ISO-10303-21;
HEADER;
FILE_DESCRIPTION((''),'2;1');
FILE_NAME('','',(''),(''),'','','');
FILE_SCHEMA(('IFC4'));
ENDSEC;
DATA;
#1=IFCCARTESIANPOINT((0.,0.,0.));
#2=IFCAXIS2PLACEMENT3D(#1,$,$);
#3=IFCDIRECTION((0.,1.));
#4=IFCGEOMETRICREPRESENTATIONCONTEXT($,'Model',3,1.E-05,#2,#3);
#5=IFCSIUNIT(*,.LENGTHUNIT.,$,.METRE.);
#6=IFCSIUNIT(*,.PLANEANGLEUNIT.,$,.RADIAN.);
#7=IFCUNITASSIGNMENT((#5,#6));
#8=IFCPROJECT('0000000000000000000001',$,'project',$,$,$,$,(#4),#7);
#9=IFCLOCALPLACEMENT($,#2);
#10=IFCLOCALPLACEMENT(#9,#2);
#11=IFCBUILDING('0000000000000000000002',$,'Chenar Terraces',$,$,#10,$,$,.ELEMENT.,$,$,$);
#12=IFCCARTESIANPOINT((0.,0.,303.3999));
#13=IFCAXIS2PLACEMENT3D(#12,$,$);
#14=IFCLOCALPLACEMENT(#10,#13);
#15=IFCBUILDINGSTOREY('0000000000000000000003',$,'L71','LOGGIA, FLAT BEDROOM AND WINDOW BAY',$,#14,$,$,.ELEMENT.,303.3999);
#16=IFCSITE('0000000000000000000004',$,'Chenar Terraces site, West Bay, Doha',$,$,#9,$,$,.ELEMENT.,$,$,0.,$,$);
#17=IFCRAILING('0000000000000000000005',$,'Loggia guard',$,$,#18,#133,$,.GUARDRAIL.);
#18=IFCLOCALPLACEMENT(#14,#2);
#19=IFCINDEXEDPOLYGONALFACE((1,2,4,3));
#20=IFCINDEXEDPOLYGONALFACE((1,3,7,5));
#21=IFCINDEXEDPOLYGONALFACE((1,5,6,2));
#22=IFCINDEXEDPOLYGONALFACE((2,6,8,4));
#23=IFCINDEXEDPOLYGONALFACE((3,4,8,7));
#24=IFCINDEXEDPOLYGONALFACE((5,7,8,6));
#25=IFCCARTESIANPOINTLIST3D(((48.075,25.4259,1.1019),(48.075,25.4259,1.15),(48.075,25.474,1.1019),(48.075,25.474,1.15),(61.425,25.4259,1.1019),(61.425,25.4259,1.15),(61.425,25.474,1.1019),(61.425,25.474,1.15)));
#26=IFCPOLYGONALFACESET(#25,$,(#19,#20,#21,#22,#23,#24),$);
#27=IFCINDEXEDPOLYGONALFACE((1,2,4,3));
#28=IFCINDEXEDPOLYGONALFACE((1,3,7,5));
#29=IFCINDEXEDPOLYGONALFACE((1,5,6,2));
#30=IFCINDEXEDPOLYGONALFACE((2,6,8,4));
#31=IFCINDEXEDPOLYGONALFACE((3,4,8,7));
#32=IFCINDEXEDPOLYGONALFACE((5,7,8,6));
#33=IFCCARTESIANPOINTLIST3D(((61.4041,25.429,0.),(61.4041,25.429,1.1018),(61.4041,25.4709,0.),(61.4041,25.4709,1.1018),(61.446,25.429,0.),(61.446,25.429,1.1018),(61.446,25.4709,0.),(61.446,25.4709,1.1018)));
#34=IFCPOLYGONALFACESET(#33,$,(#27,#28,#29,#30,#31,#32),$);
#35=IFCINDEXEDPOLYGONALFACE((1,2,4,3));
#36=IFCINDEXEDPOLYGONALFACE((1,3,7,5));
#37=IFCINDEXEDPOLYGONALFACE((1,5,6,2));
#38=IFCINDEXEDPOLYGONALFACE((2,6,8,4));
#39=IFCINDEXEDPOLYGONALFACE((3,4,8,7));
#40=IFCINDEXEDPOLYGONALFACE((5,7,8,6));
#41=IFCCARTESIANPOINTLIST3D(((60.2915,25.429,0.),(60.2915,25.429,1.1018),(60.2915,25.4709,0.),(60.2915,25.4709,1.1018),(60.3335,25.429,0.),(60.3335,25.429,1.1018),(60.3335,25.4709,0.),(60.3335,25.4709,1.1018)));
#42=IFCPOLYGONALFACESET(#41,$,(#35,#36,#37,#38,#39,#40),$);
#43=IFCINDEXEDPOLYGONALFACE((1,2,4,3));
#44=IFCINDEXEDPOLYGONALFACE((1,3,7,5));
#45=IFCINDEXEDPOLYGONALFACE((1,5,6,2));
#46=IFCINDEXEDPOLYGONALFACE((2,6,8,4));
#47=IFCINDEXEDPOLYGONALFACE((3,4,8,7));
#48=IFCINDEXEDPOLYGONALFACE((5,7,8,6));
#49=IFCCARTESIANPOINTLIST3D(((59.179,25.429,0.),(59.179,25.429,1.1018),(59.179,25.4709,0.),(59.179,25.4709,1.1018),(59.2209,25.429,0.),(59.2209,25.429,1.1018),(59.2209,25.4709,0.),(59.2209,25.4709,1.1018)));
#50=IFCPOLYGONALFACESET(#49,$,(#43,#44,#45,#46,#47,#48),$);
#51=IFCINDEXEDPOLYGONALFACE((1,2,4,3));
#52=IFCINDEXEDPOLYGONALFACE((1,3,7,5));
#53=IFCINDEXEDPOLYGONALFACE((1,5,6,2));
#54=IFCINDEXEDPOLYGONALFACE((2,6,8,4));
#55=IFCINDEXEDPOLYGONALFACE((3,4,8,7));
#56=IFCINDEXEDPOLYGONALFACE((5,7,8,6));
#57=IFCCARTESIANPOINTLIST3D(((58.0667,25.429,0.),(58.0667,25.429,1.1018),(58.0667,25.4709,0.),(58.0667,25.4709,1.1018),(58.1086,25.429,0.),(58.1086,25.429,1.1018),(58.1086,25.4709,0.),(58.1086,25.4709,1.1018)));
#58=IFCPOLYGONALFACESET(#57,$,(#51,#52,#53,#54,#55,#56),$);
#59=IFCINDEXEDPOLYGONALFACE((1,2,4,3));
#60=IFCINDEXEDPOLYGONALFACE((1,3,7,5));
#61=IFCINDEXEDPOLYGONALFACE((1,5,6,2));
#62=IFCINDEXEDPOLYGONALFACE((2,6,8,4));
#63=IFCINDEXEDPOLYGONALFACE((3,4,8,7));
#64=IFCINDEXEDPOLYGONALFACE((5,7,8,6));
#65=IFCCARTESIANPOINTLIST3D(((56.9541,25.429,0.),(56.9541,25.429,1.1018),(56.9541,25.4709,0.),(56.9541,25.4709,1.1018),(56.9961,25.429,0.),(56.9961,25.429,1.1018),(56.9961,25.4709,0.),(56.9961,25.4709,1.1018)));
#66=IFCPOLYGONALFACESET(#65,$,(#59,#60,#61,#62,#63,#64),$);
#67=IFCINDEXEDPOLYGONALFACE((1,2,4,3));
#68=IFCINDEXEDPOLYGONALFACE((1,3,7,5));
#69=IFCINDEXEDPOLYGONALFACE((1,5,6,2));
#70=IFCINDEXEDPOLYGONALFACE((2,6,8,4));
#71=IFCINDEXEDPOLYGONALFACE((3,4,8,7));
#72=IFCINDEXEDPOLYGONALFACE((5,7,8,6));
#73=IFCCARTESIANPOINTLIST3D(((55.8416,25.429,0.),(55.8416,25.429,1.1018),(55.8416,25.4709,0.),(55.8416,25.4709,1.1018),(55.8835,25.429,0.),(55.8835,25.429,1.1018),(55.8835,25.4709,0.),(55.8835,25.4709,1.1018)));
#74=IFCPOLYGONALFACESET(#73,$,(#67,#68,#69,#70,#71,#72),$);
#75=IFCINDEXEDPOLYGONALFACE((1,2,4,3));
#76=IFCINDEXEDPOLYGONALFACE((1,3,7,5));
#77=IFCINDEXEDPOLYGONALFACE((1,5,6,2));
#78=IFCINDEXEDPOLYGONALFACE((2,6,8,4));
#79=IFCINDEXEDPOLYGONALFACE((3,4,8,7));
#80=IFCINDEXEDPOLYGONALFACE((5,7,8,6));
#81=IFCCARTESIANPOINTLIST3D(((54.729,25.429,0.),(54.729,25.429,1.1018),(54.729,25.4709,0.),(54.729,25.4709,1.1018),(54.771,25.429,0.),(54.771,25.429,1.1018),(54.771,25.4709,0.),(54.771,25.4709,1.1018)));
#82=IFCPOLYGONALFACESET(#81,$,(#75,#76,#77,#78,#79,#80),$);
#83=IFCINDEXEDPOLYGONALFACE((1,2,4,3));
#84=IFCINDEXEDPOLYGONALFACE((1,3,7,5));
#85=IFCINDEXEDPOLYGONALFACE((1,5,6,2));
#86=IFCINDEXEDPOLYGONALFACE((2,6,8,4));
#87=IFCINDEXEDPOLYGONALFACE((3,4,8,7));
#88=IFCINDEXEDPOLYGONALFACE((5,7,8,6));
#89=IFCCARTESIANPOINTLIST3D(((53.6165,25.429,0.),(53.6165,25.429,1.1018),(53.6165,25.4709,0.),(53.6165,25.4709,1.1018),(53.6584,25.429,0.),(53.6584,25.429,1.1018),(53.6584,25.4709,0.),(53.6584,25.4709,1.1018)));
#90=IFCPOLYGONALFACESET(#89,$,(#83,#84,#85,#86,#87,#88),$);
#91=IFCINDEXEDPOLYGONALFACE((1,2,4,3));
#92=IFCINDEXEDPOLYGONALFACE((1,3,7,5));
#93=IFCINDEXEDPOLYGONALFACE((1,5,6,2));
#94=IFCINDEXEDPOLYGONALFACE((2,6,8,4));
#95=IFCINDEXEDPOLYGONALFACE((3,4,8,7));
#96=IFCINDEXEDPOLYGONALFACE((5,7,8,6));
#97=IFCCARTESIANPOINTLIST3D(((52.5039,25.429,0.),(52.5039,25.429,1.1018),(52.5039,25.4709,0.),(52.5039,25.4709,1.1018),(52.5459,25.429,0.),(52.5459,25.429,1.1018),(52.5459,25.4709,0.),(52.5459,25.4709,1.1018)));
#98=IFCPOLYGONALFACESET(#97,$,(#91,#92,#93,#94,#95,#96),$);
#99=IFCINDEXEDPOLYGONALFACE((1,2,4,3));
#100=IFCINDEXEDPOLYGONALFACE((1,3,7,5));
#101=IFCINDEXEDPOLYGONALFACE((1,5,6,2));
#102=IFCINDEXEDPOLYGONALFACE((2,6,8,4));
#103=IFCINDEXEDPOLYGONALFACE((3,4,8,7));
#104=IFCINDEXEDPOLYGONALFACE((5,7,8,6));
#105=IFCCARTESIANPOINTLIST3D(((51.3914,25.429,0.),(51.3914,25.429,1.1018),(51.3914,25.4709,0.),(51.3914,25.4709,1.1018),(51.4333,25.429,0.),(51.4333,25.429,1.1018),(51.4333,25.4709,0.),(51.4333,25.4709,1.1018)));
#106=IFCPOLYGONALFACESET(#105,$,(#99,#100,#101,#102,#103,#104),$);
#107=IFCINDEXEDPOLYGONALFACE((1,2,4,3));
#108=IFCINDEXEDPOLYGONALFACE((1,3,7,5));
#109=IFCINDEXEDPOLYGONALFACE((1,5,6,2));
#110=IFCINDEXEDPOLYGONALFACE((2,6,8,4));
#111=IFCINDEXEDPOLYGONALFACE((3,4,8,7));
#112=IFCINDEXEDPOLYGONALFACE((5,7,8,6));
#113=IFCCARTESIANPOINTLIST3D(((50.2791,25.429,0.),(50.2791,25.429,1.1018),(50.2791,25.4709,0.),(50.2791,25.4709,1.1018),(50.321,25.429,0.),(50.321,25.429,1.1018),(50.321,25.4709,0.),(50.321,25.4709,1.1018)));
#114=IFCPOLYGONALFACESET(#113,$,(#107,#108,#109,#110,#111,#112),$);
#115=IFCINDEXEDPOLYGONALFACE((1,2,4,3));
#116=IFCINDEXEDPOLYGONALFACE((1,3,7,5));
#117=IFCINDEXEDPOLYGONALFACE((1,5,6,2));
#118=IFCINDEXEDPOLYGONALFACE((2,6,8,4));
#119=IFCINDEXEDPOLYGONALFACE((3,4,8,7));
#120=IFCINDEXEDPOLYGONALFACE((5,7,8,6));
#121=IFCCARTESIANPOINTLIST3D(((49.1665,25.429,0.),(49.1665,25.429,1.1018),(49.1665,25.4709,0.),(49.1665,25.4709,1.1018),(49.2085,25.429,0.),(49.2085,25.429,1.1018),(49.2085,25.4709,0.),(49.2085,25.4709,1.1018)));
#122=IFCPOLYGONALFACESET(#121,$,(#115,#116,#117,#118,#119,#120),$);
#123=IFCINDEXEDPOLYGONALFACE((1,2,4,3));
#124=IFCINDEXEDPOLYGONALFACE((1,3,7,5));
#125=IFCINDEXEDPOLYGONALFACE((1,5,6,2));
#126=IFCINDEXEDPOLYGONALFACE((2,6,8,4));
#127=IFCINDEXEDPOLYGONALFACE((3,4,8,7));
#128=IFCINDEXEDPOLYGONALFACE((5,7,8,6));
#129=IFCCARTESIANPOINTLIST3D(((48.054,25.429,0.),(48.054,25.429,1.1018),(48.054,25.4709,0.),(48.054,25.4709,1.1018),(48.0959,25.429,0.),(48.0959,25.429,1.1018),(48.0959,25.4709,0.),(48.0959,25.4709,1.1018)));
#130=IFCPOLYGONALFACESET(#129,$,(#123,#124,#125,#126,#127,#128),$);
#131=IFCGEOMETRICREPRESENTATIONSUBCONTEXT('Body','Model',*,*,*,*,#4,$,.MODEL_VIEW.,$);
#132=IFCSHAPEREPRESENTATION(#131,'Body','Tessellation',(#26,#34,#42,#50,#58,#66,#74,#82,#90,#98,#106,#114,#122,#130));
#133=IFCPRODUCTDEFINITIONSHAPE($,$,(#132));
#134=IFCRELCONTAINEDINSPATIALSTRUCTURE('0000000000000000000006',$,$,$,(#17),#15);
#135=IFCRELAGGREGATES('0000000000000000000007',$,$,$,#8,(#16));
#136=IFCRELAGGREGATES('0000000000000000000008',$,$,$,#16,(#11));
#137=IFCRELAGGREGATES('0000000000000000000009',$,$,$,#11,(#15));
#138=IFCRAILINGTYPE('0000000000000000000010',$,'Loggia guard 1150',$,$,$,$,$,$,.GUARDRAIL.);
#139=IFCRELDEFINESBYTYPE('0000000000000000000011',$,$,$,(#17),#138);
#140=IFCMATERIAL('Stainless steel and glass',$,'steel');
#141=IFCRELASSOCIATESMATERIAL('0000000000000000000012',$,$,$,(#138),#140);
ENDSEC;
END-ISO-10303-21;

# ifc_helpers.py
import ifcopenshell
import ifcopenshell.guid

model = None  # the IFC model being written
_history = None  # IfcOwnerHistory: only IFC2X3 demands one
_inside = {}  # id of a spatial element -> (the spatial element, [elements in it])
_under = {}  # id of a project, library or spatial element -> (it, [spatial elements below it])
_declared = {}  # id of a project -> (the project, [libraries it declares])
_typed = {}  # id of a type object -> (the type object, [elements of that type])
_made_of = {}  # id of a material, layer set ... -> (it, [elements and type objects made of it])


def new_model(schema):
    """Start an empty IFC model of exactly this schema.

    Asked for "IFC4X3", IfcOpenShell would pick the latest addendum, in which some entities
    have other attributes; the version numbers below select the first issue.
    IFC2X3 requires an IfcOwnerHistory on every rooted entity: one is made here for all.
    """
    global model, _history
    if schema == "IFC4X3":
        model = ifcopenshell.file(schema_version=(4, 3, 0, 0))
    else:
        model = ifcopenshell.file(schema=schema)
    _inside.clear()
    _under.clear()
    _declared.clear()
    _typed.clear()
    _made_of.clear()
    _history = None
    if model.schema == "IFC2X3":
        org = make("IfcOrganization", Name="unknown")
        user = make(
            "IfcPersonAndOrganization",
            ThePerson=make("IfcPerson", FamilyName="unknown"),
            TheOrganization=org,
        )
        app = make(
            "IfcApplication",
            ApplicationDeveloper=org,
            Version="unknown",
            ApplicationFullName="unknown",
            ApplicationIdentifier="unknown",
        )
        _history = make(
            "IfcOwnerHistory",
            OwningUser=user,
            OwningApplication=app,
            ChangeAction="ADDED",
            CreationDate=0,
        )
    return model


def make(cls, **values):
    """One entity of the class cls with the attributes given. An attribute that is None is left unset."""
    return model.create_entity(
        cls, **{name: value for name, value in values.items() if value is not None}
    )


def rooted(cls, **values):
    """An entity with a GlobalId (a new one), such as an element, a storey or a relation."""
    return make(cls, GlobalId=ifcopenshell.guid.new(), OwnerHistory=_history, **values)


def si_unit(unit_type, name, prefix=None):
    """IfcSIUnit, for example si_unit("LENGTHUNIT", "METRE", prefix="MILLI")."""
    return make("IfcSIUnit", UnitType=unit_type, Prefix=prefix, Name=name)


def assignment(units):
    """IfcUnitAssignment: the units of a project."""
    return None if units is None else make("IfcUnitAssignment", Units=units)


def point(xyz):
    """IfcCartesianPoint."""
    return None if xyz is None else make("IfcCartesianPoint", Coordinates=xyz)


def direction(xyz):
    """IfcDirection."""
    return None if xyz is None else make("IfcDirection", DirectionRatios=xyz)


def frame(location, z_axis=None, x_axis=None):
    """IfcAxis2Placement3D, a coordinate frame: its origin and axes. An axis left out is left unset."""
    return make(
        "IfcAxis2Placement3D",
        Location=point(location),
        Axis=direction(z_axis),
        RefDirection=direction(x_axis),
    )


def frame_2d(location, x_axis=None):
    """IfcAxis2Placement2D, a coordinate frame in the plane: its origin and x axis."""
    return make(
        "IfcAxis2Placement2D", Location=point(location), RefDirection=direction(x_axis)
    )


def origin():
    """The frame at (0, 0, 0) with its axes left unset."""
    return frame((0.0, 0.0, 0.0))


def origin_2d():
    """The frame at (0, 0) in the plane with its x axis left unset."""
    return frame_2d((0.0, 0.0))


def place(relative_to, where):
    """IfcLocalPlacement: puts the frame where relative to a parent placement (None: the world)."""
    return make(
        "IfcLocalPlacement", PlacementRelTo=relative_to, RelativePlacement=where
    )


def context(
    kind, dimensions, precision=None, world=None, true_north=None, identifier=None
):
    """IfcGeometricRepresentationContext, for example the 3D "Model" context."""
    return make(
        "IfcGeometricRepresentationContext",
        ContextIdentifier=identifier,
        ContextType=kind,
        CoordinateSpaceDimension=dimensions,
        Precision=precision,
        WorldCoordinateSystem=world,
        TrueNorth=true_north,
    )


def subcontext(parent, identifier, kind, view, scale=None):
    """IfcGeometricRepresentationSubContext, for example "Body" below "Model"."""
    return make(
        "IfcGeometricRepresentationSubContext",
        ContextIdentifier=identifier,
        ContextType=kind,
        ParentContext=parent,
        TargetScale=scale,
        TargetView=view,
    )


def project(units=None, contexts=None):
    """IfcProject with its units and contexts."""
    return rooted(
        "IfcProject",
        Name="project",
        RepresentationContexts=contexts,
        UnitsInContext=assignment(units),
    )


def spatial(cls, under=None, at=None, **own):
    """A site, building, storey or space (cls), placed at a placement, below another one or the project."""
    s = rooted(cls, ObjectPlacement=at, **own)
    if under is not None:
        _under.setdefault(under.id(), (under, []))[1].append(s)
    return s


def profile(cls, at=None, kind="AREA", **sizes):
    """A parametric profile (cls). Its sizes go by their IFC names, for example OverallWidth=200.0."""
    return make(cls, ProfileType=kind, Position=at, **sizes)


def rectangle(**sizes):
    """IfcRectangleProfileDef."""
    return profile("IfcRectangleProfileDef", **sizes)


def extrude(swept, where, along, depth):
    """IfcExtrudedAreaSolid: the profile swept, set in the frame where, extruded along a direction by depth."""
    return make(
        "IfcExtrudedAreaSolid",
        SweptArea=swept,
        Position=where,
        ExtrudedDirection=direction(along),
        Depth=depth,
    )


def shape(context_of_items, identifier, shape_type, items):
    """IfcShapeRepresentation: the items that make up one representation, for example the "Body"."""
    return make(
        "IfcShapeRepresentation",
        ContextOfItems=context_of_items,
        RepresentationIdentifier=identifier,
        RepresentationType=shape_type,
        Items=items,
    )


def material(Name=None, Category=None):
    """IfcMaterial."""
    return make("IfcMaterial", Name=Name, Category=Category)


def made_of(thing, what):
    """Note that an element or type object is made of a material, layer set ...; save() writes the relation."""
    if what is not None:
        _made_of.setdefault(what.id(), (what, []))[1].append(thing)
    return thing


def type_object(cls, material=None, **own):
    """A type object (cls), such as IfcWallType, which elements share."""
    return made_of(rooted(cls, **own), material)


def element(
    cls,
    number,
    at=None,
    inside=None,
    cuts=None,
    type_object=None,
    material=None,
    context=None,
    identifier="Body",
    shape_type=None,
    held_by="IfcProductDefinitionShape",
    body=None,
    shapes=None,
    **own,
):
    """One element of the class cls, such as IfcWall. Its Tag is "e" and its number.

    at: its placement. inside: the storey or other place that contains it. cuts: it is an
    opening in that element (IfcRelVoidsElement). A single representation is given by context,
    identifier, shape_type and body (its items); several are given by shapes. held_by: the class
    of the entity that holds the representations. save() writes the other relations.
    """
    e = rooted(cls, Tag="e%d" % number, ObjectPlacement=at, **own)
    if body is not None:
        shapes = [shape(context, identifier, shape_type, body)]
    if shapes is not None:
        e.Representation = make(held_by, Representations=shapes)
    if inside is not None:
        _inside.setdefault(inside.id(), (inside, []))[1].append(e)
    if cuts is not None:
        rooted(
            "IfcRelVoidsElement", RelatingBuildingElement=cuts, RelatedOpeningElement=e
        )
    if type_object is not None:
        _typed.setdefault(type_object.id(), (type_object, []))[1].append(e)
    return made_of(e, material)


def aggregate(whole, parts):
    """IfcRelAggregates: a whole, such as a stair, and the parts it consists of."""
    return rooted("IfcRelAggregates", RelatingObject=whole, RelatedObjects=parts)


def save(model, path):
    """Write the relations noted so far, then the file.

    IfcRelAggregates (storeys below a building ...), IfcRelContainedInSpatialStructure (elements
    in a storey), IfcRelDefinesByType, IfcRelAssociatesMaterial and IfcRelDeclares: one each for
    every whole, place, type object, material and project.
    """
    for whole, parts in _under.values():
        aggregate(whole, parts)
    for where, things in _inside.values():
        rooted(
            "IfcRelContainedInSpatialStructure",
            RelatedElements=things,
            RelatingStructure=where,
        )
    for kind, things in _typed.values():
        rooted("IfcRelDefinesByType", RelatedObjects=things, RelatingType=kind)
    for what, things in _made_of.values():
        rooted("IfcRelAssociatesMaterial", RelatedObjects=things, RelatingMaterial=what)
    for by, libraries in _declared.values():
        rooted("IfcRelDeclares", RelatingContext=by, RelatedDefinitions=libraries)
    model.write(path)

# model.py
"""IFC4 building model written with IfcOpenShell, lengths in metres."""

from ifc_helpers import new_model, si_unit, direction, frame, origin, origin_2d, place, context, subcontext, project, spatial, rectangle, extrude, material, type_object, element, save


model = new_model("IFC4")

# Units and contexts
model_context = context("Model", 3, precision=1e-05, world=origin(), true_north=direction((0.0, 1.0)))
body_context = subcontext(model_context, "Body", "Model", "MODEL_VIEW")
ifc_project = project(units=[si_unit("LENGTHUNIT", "METRE"), si_unit("PLANEANGLEUNIT", "RADIAN")], contexts=[model_context])

# Site, building, storey
site_placement = place(None, origin())
site = spatial("IfcSite", under=ifc_project, at=site_placement, Name="Chenar Terraces site, West Bay, Doha", CompositionType="ELEMENT", RefElevation=0.0)
building_placement = place(site_placement, origin())
building = spatial("IfcBuilding", under=site, at=building_placement, Name="Chenar Terraces", CompositionType="ELEMENT")
storey_placement = place(building_placement, frame((0.0, 0.0, 303.3999)))
storey = spatial("IfcBuildingStorey", under=building, at=storey_placement, Name="L71", Description="LOGGIA, FLAT BEDROOM AND WINDOW BAY", CompositionType="ELEMENT", Elevation=303.3999)

# Railing
ifc_material_1 = material(Name="Stainless steel and glass", Category="steel")
railing_type_1 = type_object("IfcRailingType", Name="Loggia guard 1150", PredefinedType="GUARDRAIL", material=ifc_material_1)
railing_1_placement = place(storey_placement, frame((61.425, 25.45, 0.0)))
element("IfcRailing", 1, at=railing_1_placement, inside=storey, type_object=railing_type_1, Name="Loggia guard", PredefinedType="GUARDRAIL", context=body_context, shape_type="SweptSolid", body=[
    extrude(rectangle(XDim=0.0481, YDim=0.0481, at=origin_2d()), frame((0.0, 0.0, 1.126), z_axis=(-1.0, 0.0, 0.0), x_axis=(0.0, -1.0, 0.0)), (0.0, 0.0, 1.0), 13.3501),
    extrude(rectangle(XDim=0.042, YDim=0.042, at=origin_2d()), origin(), (0.0, 0.0, 1.0), 1.1018),
    extrude(rectangle(XDim=0.042, YDim=0.042, at=origin_2d()), frame((-1.1125, 0.0, 0.0)), (0.0, 0.0, 1.0), 1.1018),
    extrude(rectangle(XDim=0.042, YDim=0.042, at=origin_2d()), frame((-2.2251, 0.0, 0.0)), (0.0, 0.0, 1.0), 1.1018),
    extrude(rectangle(XDim=0.042, YDim=0.042, at=origin_2d()), frame((-3.3374, 0.0, 0.0)), (0.0, 0.0, 1.0), 1.1018),
    extrude(rectangle(XDim=0.042, YDim=0.042, at=origin_2d()), frame((-4.45, 0.0, 0.0)), (0.0, 0.0, 1.0), 1.1018),
    extrude(rectangle(XDim=0.042, YDim=0.042, at=origin_2d()), frame((-5.5625, 0.0, 0.0)), (0.0, 0.0, 1.0), 1.1018),
    extrude(rectangle(XDim=0.042, YDim=0.042, at=origin_2d()), frame((-6.675, 0.0, 0.0)), (0.0, 0.0, 1.0), 1.1018),
    extrude(rectangle(XDim=0.042, YDim=0.042, at=origin_2d()), frame((-7.7876, 0.0, 0.0)), (0.0, 0.0, 1.0), 1.1018),
    extrude(rectangle(XDim=0.042, YDim=0.042, at=origin_2d()), frame((-8.9001, 0.0, 0.0)), (0.0, 0.0, 1.0), 1.1018),
    extrude(rectangle(XDim=0.042, YDim=0.042, at=origin_2d()), frame((-10.0127, 0.0, 0.0)), (0.0, 0.0, 1.0), 1.1018),
    extrude(rectangle(XDim=0.042, YDim=0.042, at=origin_2d()), frame((-11.125, 0.0, 0.0)), (0.0, 0.0, 1.0), 1.1018),
    extrude(rectangle(XDim=0.042, YDim=0.042, at=origin_2d()), frame((-12.2375, 0.0, 0.0)), (0.0, 0.0, 1.0), 1.1018),
    extrude(rectangle(XDim=0.042, YDim=0.042, at=origin_2d()), frame((-13.3501, 0.0, 0.0)), (0.0, 0.0, 1.0), 1.1018),
])

save(model, "model.ifc")
